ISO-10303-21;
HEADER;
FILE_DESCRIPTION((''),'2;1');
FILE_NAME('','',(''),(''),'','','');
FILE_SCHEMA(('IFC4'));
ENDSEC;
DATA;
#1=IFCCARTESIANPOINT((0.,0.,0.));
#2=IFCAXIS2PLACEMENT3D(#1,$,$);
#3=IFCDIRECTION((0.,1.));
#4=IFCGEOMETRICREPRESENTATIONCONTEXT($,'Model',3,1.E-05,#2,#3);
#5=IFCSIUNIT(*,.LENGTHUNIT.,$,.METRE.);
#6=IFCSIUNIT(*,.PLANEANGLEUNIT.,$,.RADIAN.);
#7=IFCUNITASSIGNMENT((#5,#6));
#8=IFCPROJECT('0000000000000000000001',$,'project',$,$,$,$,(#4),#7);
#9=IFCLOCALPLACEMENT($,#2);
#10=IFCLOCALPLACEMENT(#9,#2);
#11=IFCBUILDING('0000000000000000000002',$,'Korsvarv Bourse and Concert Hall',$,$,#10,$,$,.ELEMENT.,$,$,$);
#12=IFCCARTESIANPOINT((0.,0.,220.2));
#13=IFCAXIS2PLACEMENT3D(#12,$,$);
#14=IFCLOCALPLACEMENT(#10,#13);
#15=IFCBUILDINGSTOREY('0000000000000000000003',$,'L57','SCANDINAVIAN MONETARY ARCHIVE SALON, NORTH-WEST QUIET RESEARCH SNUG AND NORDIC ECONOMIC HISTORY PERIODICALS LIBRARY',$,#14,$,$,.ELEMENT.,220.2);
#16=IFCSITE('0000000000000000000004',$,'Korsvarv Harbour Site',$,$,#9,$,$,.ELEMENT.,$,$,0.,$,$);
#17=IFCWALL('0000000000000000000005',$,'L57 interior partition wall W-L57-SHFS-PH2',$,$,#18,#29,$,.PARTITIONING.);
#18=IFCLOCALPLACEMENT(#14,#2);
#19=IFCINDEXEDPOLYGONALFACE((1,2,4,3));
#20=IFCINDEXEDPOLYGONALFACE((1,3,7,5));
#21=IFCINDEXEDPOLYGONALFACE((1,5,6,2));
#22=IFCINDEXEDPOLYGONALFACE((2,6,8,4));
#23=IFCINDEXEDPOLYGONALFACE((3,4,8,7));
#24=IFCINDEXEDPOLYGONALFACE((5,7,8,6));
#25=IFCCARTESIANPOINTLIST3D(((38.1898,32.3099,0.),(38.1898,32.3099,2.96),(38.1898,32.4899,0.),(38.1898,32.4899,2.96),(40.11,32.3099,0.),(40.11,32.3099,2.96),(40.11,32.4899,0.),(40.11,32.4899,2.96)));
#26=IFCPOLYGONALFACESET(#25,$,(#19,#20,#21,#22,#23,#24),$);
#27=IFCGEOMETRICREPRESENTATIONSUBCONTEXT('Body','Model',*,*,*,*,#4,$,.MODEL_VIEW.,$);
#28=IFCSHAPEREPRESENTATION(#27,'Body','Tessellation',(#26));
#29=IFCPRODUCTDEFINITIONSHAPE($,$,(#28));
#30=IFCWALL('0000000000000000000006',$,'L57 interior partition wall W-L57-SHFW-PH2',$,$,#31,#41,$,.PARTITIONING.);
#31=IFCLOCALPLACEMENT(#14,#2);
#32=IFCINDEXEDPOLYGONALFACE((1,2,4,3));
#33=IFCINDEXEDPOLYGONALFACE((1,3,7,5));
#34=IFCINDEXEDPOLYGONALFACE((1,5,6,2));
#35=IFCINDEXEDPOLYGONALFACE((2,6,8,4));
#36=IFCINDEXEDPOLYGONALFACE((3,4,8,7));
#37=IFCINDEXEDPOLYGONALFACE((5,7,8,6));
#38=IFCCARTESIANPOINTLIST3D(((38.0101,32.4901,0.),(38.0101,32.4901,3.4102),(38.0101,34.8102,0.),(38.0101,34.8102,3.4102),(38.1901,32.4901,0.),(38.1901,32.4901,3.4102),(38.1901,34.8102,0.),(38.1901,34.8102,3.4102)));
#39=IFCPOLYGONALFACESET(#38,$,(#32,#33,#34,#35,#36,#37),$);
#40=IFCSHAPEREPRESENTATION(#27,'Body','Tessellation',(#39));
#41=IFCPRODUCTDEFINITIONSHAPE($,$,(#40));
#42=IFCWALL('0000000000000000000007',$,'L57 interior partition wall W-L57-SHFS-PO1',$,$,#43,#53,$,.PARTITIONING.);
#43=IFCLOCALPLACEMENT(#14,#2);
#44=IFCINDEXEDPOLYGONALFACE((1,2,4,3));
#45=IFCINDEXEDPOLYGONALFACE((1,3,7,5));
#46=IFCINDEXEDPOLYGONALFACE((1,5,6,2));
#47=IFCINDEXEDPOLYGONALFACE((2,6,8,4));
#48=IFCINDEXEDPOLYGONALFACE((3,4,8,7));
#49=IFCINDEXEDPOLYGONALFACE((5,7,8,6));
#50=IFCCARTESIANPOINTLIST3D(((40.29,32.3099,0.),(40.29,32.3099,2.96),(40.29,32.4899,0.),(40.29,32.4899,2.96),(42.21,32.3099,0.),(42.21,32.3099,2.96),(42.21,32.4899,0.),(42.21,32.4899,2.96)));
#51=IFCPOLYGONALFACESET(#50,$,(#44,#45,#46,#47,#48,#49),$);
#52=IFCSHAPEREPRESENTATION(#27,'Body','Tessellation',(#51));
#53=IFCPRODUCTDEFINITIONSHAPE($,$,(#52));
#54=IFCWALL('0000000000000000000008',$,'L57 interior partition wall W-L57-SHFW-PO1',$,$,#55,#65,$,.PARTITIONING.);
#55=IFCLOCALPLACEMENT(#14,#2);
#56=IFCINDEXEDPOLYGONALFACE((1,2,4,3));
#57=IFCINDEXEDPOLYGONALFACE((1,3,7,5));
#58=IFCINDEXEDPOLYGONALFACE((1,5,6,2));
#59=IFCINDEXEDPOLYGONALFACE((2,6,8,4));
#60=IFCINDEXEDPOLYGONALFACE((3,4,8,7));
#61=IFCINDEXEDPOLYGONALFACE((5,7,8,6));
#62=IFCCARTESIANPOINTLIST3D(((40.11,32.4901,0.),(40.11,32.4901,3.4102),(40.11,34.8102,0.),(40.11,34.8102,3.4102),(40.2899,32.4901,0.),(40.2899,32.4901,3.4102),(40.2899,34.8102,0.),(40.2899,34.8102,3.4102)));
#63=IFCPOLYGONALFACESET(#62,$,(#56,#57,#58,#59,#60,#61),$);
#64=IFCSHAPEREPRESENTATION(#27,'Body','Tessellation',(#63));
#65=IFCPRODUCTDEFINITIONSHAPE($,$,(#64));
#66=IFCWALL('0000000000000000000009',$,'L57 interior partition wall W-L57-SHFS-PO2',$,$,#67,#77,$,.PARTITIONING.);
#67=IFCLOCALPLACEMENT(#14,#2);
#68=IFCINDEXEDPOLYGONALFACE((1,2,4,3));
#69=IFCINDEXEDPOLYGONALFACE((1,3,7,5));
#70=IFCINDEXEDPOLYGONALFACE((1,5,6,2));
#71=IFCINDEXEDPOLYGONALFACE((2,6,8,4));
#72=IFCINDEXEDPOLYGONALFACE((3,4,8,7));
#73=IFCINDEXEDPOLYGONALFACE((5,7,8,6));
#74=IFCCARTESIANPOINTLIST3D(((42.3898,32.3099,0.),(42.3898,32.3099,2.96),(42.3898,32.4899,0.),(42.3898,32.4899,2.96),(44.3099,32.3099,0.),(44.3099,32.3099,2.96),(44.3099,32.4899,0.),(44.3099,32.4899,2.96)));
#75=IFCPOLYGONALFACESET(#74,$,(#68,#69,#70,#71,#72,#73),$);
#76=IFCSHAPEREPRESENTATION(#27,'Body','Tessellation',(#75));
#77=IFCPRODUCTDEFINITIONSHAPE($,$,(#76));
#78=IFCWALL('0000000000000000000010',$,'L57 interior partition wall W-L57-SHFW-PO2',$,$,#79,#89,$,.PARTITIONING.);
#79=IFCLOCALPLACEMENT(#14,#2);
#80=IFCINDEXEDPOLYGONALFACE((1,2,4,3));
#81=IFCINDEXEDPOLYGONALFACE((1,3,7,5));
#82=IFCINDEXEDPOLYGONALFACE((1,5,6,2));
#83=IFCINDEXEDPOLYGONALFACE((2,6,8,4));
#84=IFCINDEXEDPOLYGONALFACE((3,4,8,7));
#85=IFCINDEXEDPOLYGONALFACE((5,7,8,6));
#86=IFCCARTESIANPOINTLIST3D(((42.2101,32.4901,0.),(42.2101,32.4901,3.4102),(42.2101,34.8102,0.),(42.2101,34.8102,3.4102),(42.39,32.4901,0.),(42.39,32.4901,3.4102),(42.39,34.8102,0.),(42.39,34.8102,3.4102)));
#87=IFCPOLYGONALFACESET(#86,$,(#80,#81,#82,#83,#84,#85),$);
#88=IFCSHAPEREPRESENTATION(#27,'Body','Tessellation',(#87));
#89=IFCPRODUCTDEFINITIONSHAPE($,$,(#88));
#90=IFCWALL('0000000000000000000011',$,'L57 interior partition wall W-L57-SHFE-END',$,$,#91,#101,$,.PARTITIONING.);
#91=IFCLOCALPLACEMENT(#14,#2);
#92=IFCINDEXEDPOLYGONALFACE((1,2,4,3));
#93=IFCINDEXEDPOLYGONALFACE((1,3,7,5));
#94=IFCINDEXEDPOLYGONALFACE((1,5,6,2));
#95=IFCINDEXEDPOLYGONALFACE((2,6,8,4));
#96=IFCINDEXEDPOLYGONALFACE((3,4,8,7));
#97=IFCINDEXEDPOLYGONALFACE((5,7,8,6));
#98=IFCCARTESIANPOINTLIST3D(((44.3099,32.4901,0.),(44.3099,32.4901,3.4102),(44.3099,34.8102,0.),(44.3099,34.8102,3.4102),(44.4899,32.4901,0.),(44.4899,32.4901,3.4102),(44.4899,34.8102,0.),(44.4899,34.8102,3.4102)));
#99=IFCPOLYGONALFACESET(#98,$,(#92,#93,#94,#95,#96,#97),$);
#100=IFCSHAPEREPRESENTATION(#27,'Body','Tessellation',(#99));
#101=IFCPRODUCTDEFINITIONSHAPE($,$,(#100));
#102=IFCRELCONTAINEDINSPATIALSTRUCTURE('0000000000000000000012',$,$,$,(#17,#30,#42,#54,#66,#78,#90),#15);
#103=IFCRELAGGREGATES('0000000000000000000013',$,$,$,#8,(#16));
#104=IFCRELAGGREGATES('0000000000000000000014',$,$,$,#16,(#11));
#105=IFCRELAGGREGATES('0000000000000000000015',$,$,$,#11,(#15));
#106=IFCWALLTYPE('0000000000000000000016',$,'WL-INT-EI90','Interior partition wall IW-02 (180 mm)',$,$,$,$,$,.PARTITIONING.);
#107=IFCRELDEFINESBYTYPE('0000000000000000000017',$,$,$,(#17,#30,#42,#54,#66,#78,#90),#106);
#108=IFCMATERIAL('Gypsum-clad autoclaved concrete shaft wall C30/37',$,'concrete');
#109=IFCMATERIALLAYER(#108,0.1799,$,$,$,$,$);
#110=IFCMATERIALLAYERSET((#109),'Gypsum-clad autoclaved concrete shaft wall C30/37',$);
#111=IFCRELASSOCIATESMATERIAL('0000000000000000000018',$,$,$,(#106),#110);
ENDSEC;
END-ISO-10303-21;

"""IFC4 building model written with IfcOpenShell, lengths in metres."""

from ifc_helpers import new_model, si_unit, direction, frame, frame_2d, origin, place, context, subcontext, project, spatial, rectangle, extrude, material, layer, layer_set, type_object, element, save


model = new_model("IFC4")

# Units and contexts
model_context = context("Model", 3, precision=1e-05, world=origin(), true_north=direction((0.0, 1.0)))
body_context = subcontext(model_context, "Body", "Model", "MODEL_VIEW")
ifc_project = project(units=[si_unit("LENGTHUNIT", "METRE"), si_unit("PLANEANGLEUNIT", "RADIAN")], contexts=[model_context])

# Site, building, storey
site_placement = place(None, origin())
site = spatial("IfcSite", under=ifc_project, at=site_placement, Name="Korsvarv Harbour Site", CompositionType="ELEMENT", RefElevation=0.0)
building_placement = place(site_placement, origin())
building = spatial("IfcBuilding", under=site, at=building_placement, Name="Korsvarv Bourse and Concert Hall", CompositionType="ELEMENT")
storey_placement = place(building_placement, frame((0.0, 0.0, 220.2)))
storey = spatial("IfcBuildingStorey", under=building, at=storey_placement, Name="L57", Description="SCANDINAVIAN MONETARY ARCHIVE SALON, NORTH-WEST QUIET RESEARCH SNUG AND NORDIC ECONOMIC HISTORY PERIODICALS LIBRARY", CompositionType="ELEMENT", Elevation=220.2)

# Walls
ifc_material_1 = material(Name="Gypsum-clad autoclaved concrete shaft wall C30/37", Category="concrete")
ifc_layer_1 = layer(ifc_material_1, 0.1799)
ifc_layer_set_1 = layer_set([ifc_layer_1], Name="Gypsum-clad autoclaved concrete shaft wall C30/37")
wall_type_1 = type_object("IfcWallType", Name="WL-INT-EI90", Description="Interior partition wall IW-02 (180 mm)", PredefinedType="PARTITIONING", material=ifc_layer_set_1)
wall_1_placement = place(storey_placement, frame((38.1899, 32.3999, 0.0), z_axis=(0.0, 0.0, 1.0), x_axis=(1.0, 0.0, 0.0)))
element("IfcWall", 1, at=wall_1_placement, inside=storey, type_object=wall_type_1, Name="L57 interior partition wall W-L57-SHFS-PH2", PredefinedType="PARTITIONING", context=body_context, shape_type="SweptSolid", body=[
    extrude(rectangle(XDim=1.9202, YDim=0.1799, at=frame_2d((0.96, 0.0))), origin(), (0.0, 0.0, 1.0), 2.96),
])
wall_2_placement = place(storey_placement, frame((38.1001, 32.49, 0.0), z_axis=(0.0, 0.0, 1.0), x_axis=(0.0, 1.0, 0.0)))
element("IfcWall", 2, at=wall_2_placement, inside=storey, type_object=wall_type_1, Name="L57 interior partition wall W-L57-SHFW-PH2", PredefinedType="PARTITIONING", context=body_context, shape_type="SweptSolid", body=[
    extrude(rectangle(XDim=2.3201, YDim=0.1799, at=frame_2d((1.1602, 0.0))), origin(), (0.0, 0.0, 1.0), 3.4102),
])
wall_3_placement = place(storey_placement, frame((40.29, 32.3999, 0.0), z_axis=(0.0, 0.0, 1.0), x_axis=(1.0, 0.0, 0.0)))
element("IfcWall", 3, at=wall_3_placement, inside=storey, type_object=wall_type_1, Name="L57 interior partition wall W-L57-SHFS-PO1", PredefinedType="PARTITIONING", context=body_context, shape_type="SweptSolid", body=[
    extrude(rectangle(XDim=1.9199, YDim=0.1799, at=frame_2d((0.96, 0.0))), origin(), (0.0, 0.0, 1.0), 2.96),
])
wall_4_placement = place(storey_placement, frame((40.2, 32.49, 0.0), z_axis=(0.0, 0.0, 1.0), x_axis=(0.0, 1.0, 0.0)))
element("IfcWall", 4, at=wall_4_placement, inside=storey, type_object=wall_type_1, Name="L57 interior partition wall W-L57-SHFW-PO1", PredefinedType="PARTITIONING", context=body_context, shape_type="SweptSolid", body=[
    extrude(rectangle(XDim=2.3201, YDim=0.1799, at=frame_2d((1.1602, 0.0))), origin(), (0.0, 0.0, 1.0), 3.4102),
])
wall_5_placement = place(storey_placement, frame((42.3899, 32.3999, 0.0), z_axis=(0.0, 0.0, 1.0), x_axis=(1.0, 0.0, 0.0)))
element("IfcWall", 5, at=wall_5_placement, inside=storey, type_object=wall_type_1, Name="L57 interior partition wall W-L57-SHFS-PO2", PredefinedType="PARTITIONING", context=body_context, shape_type="SweptSolid", body=[
    extrude(rectangle(XDim=1.9202, YDim=0.1799, at=frame_2d((0.96, 0.0))), origin(), (0.0, 0.0, 1.0), 2.96),
])
for number, where, z_axis, x_axis, name in (
    (6, (42.3, 32.49, 0.0), (0.0, 0.0, 1.0), (0.0, 1.0, 0.0), "L57 interior partition wall W-L57-SHFW-PO2"),
    (7, (44.3999, 32.49, 0.0), (0.0, 0.0, 1.0), (0.0, 1.0, 0.0), "L57 interior partition wall W-L57-SHFE-END"),
):
    element("IfcWall", number, at=place(storey_placement, frame(where, z_axis=z_axis, x_axis=x_axis)), inside=storey, type_object=wall_type_1, Name=name, PredefinedType="PARTITIONING", context=body_context, shape_type="SweptSolid", body=[
        extrude(rectangle(XDim=2.3201, YDim=0.1799, at=frame_2d((1.1602, 0.0))), origin(), (0.0, 0.0, 1.0), 3.4102),
    ])

save(model, "model.ifc")
